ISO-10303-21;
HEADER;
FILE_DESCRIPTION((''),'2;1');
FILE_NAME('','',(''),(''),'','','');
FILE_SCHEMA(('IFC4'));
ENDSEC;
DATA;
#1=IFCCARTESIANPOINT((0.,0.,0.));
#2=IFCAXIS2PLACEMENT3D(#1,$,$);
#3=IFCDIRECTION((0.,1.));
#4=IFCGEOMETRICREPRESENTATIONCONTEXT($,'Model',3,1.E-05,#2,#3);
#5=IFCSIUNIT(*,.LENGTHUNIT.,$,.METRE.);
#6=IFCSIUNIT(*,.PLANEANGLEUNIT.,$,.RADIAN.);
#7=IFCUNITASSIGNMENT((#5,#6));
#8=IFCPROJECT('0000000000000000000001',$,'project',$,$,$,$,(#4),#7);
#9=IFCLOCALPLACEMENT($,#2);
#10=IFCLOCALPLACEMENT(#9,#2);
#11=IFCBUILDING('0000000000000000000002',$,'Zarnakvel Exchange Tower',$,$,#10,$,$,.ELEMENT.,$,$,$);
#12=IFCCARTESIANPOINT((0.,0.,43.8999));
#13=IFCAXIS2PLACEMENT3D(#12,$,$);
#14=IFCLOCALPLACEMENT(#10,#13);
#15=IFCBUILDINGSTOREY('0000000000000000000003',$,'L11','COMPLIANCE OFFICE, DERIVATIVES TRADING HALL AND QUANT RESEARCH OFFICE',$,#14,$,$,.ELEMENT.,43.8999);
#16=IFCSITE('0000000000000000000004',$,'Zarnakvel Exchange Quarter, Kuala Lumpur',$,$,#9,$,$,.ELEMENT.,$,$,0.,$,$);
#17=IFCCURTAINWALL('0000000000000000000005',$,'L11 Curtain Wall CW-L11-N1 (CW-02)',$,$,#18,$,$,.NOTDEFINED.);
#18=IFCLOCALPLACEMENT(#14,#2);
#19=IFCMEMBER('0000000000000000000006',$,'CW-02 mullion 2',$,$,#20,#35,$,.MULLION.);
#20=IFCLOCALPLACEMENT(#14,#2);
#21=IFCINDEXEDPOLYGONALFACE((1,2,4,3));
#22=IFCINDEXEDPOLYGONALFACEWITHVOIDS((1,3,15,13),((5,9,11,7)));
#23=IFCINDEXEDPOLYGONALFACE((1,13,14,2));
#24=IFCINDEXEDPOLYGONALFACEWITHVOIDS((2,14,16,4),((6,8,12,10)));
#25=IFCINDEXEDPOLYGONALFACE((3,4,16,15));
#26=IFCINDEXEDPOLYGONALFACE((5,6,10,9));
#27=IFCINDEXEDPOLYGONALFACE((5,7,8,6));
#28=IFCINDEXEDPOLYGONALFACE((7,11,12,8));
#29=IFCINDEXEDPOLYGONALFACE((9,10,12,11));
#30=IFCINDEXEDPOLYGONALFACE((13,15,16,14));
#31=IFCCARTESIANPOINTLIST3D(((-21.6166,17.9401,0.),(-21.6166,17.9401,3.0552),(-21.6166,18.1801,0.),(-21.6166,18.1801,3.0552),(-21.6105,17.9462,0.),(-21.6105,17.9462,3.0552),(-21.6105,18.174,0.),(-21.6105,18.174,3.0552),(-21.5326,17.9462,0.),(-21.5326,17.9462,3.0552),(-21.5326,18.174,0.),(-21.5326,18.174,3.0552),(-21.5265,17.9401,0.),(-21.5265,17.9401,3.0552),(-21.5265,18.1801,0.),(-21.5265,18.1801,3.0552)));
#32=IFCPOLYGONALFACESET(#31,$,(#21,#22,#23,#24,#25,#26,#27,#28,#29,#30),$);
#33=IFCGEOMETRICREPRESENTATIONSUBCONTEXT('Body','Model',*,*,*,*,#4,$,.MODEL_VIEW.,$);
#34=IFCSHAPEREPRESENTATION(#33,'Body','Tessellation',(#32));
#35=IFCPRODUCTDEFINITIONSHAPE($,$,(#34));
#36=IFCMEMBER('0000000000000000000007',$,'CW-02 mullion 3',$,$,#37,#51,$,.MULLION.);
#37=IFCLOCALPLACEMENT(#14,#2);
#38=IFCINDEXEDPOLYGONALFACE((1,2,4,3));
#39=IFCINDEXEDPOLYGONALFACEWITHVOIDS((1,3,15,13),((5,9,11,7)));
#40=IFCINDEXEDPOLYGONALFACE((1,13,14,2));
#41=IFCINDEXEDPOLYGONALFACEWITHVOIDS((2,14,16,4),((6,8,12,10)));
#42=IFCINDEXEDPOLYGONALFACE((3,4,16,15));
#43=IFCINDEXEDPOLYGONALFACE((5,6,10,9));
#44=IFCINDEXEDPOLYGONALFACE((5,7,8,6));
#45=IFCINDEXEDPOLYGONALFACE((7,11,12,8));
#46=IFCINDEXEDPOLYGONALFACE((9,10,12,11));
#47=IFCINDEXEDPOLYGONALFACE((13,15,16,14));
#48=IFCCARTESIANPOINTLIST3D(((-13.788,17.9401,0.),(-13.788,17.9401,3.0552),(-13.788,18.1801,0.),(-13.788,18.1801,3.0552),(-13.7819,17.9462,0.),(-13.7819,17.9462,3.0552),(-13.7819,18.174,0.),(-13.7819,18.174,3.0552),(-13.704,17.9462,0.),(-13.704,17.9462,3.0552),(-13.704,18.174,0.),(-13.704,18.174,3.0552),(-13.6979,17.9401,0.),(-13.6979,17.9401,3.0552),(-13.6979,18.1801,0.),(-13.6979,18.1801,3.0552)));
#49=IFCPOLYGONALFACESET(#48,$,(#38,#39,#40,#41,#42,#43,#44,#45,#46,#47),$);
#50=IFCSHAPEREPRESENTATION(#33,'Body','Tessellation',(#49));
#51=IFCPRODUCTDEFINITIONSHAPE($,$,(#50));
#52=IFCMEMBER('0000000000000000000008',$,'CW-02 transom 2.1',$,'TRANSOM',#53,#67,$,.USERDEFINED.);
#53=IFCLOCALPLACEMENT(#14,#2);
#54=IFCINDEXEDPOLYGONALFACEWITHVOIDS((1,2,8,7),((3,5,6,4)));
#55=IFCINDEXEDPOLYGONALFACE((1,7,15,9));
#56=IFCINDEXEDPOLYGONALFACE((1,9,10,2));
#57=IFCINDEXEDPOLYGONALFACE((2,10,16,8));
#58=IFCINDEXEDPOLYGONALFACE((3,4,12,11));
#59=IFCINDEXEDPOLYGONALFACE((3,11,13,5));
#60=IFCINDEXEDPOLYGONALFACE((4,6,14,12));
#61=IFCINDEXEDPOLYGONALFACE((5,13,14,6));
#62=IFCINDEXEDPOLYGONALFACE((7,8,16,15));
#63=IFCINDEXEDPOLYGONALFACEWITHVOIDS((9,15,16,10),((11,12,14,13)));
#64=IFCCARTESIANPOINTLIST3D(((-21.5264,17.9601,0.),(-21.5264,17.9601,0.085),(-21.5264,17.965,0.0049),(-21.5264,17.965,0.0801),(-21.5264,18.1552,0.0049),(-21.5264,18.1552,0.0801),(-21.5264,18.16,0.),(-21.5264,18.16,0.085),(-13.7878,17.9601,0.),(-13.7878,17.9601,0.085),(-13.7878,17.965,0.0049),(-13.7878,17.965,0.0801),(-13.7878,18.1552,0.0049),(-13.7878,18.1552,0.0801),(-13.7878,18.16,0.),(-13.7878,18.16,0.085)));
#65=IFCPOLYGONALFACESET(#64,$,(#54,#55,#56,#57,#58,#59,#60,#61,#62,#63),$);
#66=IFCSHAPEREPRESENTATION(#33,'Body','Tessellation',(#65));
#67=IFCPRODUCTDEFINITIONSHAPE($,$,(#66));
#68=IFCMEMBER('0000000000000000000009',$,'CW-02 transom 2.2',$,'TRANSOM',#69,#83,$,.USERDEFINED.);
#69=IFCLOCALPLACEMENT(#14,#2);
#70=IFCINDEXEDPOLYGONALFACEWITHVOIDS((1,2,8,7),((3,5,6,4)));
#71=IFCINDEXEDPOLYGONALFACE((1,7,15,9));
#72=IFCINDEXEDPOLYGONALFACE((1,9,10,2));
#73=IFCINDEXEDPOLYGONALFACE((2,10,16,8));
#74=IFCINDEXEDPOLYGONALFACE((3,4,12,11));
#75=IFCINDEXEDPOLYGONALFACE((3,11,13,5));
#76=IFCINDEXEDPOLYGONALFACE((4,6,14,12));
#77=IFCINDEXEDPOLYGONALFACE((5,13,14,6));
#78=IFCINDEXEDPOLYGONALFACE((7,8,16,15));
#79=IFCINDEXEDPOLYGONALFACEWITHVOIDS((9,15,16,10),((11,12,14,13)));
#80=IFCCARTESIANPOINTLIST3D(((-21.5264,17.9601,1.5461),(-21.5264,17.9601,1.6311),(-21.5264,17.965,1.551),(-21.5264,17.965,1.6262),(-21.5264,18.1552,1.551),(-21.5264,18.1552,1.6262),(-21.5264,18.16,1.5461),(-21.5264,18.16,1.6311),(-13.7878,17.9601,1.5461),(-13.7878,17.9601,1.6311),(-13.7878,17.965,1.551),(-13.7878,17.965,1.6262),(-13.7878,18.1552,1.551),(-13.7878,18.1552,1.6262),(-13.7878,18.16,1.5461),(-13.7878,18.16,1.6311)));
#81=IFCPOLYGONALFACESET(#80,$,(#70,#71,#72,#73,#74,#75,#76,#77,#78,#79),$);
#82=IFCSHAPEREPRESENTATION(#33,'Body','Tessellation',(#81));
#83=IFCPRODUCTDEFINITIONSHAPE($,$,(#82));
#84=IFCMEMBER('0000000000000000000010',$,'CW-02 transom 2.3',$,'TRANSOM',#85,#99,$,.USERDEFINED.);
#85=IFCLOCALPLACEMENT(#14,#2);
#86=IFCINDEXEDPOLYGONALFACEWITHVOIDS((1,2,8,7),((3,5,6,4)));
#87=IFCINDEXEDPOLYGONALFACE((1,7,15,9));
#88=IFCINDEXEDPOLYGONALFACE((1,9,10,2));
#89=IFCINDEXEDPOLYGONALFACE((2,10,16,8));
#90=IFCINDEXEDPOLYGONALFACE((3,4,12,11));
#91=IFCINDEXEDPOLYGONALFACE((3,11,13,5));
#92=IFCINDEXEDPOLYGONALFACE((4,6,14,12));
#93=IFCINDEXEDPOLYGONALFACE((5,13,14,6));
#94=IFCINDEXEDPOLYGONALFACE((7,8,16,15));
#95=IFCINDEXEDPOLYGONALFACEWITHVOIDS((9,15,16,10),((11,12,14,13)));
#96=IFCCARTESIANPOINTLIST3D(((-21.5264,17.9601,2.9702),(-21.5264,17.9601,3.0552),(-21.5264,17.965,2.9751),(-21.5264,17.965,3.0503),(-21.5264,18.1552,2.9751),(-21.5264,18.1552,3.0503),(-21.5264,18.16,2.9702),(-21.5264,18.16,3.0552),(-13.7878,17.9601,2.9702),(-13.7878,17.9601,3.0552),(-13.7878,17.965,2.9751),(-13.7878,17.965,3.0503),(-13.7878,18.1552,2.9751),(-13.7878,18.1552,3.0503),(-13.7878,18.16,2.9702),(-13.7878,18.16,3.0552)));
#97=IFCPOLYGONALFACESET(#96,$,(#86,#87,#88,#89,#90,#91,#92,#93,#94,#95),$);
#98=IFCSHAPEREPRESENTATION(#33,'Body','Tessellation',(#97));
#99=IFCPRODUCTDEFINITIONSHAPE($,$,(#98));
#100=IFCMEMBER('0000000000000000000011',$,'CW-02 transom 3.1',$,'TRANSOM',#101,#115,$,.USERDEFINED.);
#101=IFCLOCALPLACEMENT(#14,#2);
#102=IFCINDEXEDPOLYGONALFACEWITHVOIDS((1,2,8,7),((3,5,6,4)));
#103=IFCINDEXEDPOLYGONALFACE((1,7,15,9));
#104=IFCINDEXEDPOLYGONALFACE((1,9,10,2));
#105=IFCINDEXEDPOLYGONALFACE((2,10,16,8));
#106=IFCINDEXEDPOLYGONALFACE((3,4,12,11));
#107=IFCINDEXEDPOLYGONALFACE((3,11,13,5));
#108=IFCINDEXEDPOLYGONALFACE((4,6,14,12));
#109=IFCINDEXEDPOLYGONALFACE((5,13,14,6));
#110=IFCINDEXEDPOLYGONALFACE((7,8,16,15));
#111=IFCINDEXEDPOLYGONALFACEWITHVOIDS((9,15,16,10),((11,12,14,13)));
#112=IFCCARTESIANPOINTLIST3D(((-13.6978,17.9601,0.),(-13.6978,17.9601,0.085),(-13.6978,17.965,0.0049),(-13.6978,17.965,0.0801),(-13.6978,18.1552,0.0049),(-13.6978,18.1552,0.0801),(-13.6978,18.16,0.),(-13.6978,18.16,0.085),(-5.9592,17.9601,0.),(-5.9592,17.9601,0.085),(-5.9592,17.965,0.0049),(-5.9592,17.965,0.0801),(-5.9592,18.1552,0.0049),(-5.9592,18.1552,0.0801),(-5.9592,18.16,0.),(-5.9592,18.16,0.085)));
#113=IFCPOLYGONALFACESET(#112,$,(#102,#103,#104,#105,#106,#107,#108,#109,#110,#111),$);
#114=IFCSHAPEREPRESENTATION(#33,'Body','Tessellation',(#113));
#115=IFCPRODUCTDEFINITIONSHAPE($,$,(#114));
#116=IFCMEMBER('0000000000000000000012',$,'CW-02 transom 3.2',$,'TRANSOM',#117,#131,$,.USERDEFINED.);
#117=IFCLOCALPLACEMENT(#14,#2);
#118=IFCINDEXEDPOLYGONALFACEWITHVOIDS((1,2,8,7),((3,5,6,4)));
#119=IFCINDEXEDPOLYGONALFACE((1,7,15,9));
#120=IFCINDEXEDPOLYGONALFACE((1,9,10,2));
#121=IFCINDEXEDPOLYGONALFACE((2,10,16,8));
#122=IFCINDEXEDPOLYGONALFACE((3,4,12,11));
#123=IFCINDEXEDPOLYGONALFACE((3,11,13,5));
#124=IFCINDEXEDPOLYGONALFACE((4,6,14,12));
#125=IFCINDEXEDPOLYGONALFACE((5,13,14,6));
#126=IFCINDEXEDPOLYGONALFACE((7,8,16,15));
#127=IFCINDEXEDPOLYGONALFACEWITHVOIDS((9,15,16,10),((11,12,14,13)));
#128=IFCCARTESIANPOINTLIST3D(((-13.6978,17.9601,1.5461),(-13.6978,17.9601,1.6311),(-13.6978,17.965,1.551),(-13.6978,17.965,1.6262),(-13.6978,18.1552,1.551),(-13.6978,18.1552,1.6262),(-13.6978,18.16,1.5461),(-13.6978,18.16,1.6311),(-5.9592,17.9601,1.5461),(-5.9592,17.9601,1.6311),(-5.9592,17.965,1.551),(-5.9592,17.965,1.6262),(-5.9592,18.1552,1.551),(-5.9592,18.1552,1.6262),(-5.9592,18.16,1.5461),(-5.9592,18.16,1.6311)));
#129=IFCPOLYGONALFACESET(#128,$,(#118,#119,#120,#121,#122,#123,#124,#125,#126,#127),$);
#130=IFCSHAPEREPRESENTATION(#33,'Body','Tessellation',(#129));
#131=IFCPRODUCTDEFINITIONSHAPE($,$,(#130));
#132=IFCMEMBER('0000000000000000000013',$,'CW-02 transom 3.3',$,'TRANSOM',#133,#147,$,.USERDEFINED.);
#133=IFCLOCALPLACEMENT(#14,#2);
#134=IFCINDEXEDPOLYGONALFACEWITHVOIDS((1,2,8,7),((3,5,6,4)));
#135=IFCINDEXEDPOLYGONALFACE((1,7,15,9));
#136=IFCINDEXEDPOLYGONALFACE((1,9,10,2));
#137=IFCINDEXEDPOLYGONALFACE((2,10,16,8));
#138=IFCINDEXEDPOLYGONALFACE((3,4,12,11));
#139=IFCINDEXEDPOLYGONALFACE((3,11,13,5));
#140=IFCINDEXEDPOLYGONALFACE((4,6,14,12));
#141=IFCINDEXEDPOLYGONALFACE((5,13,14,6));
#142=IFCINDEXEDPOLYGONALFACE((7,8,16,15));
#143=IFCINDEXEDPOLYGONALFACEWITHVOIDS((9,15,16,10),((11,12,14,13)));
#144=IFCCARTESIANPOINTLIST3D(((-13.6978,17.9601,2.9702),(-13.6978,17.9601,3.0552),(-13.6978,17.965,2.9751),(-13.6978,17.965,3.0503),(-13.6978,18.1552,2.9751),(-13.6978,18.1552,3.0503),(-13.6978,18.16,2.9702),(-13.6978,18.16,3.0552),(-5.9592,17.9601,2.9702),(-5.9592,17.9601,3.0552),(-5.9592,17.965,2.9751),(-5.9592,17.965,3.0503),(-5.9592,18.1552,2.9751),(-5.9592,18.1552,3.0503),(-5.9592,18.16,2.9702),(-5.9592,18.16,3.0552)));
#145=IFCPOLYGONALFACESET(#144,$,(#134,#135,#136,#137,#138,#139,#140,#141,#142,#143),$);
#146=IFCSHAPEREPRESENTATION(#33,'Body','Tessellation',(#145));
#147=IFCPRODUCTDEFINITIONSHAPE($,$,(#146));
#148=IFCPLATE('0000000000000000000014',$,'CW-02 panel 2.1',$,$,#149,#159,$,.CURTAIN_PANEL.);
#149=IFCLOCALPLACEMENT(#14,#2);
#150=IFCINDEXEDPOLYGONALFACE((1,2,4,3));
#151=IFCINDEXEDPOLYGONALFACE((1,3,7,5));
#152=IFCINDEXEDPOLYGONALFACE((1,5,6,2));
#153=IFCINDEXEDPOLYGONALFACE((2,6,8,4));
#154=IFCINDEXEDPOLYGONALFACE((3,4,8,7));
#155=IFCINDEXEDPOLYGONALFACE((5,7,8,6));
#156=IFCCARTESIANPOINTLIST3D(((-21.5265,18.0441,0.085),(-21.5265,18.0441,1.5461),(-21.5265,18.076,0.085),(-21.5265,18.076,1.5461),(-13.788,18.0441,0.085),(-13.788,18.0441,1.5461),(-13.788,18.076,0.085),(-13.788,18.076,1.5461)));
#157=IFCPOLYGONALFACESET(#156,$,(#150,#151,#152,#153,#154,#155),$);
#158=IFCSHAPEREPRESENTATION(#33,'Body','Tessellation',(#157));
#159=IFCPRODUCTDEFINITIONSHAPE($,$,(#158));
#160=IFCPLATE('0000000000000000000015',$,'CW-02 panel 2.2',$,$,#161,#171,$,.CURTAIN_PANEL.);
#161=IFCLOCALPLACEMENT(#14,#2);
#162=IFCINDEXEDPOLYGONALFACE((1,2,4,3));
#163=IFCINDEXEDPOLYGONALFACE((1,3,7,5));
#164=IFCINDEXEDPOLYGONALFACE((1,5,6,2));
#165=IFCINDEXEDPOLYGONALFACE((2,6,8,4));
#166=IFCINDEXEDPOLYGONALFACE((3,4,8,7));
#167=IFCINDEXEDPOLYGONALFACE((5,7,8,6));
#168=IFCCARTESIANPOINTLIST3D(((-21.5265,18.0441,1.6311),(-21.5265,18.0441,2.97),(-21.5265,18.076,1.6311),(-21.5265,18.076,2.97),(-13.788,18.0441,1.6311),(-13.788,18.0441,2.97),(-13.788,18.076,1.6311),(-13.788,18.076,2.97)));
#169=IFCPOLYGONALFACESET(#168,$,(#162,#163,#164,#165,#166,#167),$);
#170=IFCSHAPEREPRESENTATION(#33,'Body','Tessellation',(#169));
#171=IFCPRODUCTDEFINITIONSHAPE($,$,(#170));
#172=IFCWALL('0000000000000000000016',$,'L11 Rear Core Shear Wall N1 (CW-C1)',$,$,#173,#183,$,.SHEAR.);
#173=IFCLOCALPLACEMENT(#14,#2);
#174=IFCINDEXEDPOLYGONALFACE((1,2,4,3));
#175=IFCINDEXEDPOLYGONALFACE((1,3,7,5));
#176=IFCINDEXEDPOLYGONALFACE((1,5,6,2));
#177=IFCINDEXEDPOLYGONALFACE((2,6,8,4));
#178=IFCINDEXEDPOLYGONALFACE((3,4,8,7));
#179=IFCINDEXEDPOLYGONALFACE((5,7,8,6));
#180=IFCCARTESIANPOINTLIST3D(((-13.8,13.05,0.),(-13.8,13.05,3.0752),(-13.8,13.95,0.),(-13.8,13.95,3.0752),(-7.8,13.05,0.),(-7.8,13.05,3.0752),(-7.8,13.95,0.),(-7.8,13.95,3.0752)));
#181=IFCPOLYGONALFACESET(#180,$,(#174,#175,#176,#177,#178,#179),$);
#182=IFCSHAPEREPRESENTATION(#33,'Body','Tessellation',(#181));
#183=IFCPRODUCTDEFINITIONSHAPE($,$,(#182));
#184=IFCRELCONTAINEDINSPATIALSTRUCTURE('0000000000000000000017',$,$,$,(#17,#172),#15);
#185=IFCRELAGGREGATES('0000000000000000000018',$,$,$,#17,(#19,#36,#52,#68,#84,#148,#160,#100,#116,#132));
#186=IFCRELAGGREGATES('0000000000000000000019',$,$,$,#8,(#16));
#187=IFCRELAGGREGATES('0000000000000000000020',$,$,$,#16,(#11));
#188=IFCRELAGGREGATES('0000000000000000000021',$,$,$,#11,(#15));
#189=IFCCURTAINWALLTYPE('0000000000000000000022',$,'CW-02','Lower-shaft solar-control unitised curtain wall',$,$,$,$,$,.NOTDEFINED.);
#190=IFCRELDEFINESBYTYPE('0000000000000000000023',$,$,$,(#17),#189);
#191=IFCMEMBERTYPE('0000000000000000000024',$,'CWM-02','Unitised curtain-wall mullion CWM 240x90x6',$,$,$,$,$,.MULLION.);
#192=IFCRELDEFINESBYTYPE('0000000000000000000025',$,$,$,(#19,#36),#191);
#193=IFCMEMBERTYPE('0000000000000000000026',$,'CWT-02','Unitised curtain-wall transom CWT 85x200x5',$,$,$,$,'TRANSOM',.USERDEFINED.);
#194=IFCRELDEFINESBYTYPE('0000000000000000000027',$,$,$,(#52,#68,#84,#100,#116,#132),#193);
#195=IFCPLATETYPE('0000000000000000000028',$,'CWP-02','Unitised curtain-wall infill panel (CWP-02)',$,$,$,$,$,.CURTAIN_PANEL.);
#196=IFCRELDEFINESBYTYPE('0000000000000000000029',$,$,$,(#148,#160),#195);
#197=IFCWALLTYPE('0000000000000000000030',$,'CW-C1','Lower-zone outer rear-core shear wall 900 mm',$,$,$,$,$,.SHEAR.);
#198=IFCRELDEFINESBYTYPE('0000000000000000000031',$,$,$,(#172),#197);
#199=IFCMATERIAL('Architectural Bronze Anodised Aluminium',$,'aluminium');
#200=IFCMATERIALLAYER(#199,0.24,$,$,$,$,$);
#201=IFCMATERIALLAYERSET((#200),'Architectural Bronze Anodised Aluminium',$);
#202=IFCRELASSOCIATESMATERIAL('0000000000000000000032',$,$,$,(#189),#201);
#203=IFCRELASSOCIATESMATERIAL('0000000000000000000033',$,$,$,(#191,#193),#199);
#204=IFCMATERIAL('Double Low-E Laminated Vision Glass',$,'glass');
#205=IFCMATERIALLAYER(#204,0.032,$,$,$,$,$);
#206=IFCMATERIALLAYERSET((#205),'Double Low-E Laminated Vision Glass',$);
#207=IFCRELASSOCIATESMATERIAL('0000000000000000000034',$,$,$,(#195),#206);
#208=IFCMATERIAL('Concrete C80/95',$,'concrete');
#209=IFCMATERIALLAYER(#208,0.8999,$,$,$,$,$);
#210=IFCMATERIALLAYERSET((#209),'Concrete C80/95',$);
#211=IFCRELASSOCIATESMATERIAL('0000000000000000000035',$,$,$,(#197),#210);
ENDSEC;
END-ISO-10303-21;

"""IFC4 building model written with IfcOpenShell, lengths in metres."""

from ifc_helpers import new_model, si_unit, direction, frame, frame_2d, origin, origin_2d, place, context, subcontext, project, spatial, rectangle, hollow_rectangle, extrude, source, transform, mapped, material, layer, layer_set, material_profile, profile_set, type_object, element, aggregate, save


model = new_model("IFC4")

# Units and contexts
model_context = context("Model", 3, precision=1e-05, world=origin(), true_north=direction((0.0, 1.0)))
body_context = subcontext(model_context, "Body", "Model", "MODEL_VIEW")
ifc_project = project(units=[si_unit("LENGTHUNIT", "METRE"), si_unit("PLANEANGLEUNIT", "RADIAN")], contexts=[model_context])

# Site, building, storey
site_placement = place(None, origin())
site = spatial("IfcSite", under=ifc_project, at=site_placement, Name="Zarnakvel Exchange Quarter, Kuala Lumpur", CompositionType="ELEMENT", RefElevation=0.0)
building_placement = place(site_placement, origin())
building = spatial("IfcBuilding", under=site, at=building_placement, Name="Zarnakvel Exchange Tower", CompositionType="ELEMENT")
storey_placement = place(building_placement, frame((0.0, 0.0, 43.8999)))
storey = spatial("IfcBuildingStorey", under=building, at=storey_placement, Name="L11", Description="COMPLIANCE OFFICE, DERIVATIVES TRADING HALL AND QUANT RESEARCH OFFICE", CompositionType="ELEMENT", Elevation=43.8999)

# Shared definitions
ifc_material_1 = material(Name="Concrete C80/95", Category="concrete")

# Curtain wall, members, plates
ifc_material_2 = material(Name="Architectural Bronze Anodised Aluminium", Category="aluminium")
ifc_layer_1 = layer(ifc_material_2, 0.24)
ifc_layer_set_1 = layer_set([ifc_layer_1], Name="Architectural Bronze Anodised Aluminium")
curtain_wall_type = type_object("IfcCurtainWallType", Name="CW-02", Description="Lower-shaft solar-control unitised curtain wall", PredefinedType="NOTDEFINED", material=ifc_layer_set_1)
curtain_wall_placement = place(storey_placement, origin())
curtain_wall = element("IfcCurtainWall", 1, at=curtain_wall_placement, inside=storey, type_object=curtain_wall_type, Name="L11 Curtain Wall CW-L11-N1 (CW-02)", PredefinedType="NOTDEFINED")
ifc_material_profile_1 = material_profile(ifc_material_2, hollow_rectangle(XDim=0.24, YDim=0.0901, WallThickness=0.0061, at=origin_2d()))
ifc_profile_set_1 = profile_set([ifc_material_profile_1], Name="Architectural Bronze Anodised Aluminium")
member_type_1 = type_object("IfcMemberType", Name="CWM-02", Description="Unitised curtain-wall mullion CWM 240x90x6", PredefinedType="MULLION", material=ifc_profile_set_1)
shared_shape_1 = source(origin(), body_context, "Body", "SweptSolid", [
    extrude(hollow_rectangle(XDim=0.24, YDim=0.0901, WallThickness=0.0061, at=origin_2d()), origin(), (0.0, 0.0, 1.0), 3.0552),
])
member_1_placement = place(storey_placement, frame((-21.5715, 18.0601, 0.0), z_axis=(0.0, 0.0, 1.0), x_axis=(0.0, 1.0, 0.0)))
member_1 = element("IfcMember", 2, at=member_1_placement, type_object=member_type_1, Name="CW-02 mullion 2", PredefinedType="MULLION", context=body_context, shape_type="MappedRepresentation", body=[
    mapped(shared_shape_1, transform((0.0, 0.0, 0.0), x_axis=(1.0, 0.0, 0.0), y_axis=(0.0, 1.0, 0.0), z_axis=(0.0, 0.0, 1.0), scale=1.0)),
])
member_2_placement = place(storey_placement, frame((-13.7429, 18.0601, 0.0), z_axis=(0.0, 0.0, 1.0), x_axis=(0.0, 1.0, 0.0)))
member_2 = element("IfcMember", 3, at=member_2_placement, type_object=member_type_1, Name="CW-02 mullion 3", PredefinedType="MULLION", context=body_context, shape_type="MappedRepresentation", body=[
    mapped(shared_shape_1, transform((0.0, 0.0, 0.0), x_axis=(1.0, 0.0, 0.0), y_axis=(0.0, 1.0, 0.0), z_axis=(0.0, 0.0, 1.0), scale=1.0)),
])
ifc_material_profile_2 = material_profile(ifc_material_2, hollow_rectangle(XDim=0.2, YDim=0.085, WallThickness=0.0049, at=origin_2d()))
ifc_profile_set_2 = profile_set([ifc_material_profile_2], Name="Architectural Bronze Anodised Aluminium")
member_type_2 = type_object("IfcMemberType", Name="CWT-02", Description="Unitised curtain-wall transom CWT 85x200x5", ElementType="TRANSOM", PredefinedType="USERDEFINED", material=ifc_profile_set_2)
shared_shape_2 = source(origin(), body_context, "Body", "SweptSolid", [
    extrude(hollow_rectangle(XDim=0.2, YDim=0.085, WallThickness=0.0049, at=origin_2d()), origin(), (0.0, 0.0, 1.0), 7.7385),
])
member_3_placement = place(storey_placement, frame((-21.5264, 18.0601, 0.0425), z_axis=(1.0, 0.0, 0.0), x_axis=(0.0, 1.0, 0.0)))
member_3 = element("IfcMember", 4, at=member_3_placement, type_object=member_type_2, Name="CW-02 transom 2.1", ObjectType="TRANSOM", PredefinedType="USERDEFINED", context=body_context, shape_type="MappedRepresentation", body=[
    mapped(shared_shape_2, transform((0.0, 0.0, 0.0), x_axis=(1.0, 0.0, 0.0), y_axis=(0.0, 1.0, 0.0), z_axis=(0.0, 0.0, 1.0), scale=1.0)),
])
member_4_placement = place(storey_placement, frame((-21.5264, 18.0601, 1.5886), z_axis=(1.0, 0.0, 0.0), x_axis=(0.0, 1.0, 0.0)))
member_4 = element("IfcMember", 5, at=member_4_placement, type_object=member_type_2, Name="CW-02 transom 2.2", ObjectType="TRANSOM", PredefinedType="USERDEFINED", context=body_context, shape_type="MappedRepresentation", body=[
    mapped(shared_shape_2, transform((0.0, 0.0, 0.0), x_axis=(1.0, 0.0, 0.0), y_axis=(0.0, 1.0, 0.0), z_axis=(0.0, 0.0, 1.0), scale=1.0)),
])
member_5_placement = place(storey_placement, frame((-21.5264, 18.0601, 3.0127), z_axis=(1.0, 0.0, 0.0), x_axis=(0.0, 1.0, 0.0)))
member_5 = element("IfcMember", 6, at=member_5_placement, type_object=member_type_2, Name="CW-02 transom 2.3", ObjectType="TRANSOM", PredefinedType="USERDEFINED", context=body_context, shape_type="MappedRepresentation", body=[
    mapped(shared_shape_2, transform((0.0, 0.0, 0.0), x_axis=(1.0, 0.0, 0.0), y_axis=(0.0, 1.0, 0.0), z_axis=(0.0, 0.0, 1.0), scale=1.0)),
])
member_6_placement = place(storey_placement, frame((-13.6978, 18.0601, 0.0425), z_axis=(1.0, 0.0, 0.0), x_axis=(0.0, 1.0, 0.0)))
member_6 = element("IfcMember", 7, at=member_6_placement, type_object=member_type_2, Name="CW-02 transom 3.1", ObjectType="TRANSOM", PredefinedType="USERDEFINED", context=body_context, shape_type="MappedRepresentation", body=[
    mapped(shared_shape_2, transform((0.0, 0.0, 0.0), x_axis=(1.0, 0.0, 0.0), y_axis=(0.0, 1.0, 0.0), z_axis=(0.0, 0.0, 1.0), scale=1.0)),
])
member_7_placement = place(storey_placement, frame((-13.6978, 18.0601, 1.5886), z_axis=(1.0, 0.0, 0.0), x_axis=(0.0, 1.0, 0.0)))
member_7 = element("IfcMember", 8, at=member_7_placement, type_object=member_type_2, Name="CW-02 transom 3.2", ObjectType="TRANSOM", PredefinedType="USERDEFINED", context=body_context, shape_type="MappedRepresentation", body=[
    mapped(shared_shape_2, transform((0.0, 0.0, 0.0), x_axis=(1.0, 0.0, 0.0), y_axis=(0.0, 1.0, 0.0), z_axis=(0.0, 0.0, 1.0), scale=1.0)),
])
member_8_placement = place(storey_placement, frame((-13.6978, 18.0601, 3.0127), z_axis=(1.0, 0.0, 0.0), x_axis=(0.0, 1.0, 0.0)))
member_8 = element("IfcMember", 9, at=member_8_placement, type_object=member_type_2, Name="CW-02 transom 3.3", ObjectType="TRANSOM", PredefinedType="USERDEFINED", context=body_context, shape_type="MappedRepresentation", body=[
    mapped(shared_shape_2, transform((0.0, 0.0, 0.0), x_axis=(1.0, 0.0, 0.0), y_axis=(0.0, 1.0, 0.0), z_axis=(0.0, 0.0, 1.0), scale=1.0)),
])
ifc_material_3 = material(Name="Double Low-E Laminated Vision Glass", Category="glass")
ifc_layer_2 = layer(ifc_material_3, 0.032)
ifc_layer_set_2 = layer_set([ifc_layer_2], Name="Double Low-E Laminated Vision Glass")
plate_type = type_object("IfcPlateType", Name="CWP-02", Description="Unitised curtain-wall infill panel (CWP-02)", PredefinedType="CURTAIN_PANEL", material=ifc_layer_set_2)
shared_shape_3 = source(origin(), body_context, "Body", "SweptSolid", [
    extrude(rectangle(XDim=7.7385, YDim=0.032, at=origin_2d()), origin(), (0.0, 0.0, 1.0), 1.4612),
])
plate_1_placement = place(storey_placement, frame((-17.6572, 18.0601, 0.085), z_axis=(0.0, 0.0, 1.0), x_axis=(1.0, 0.0, 0.0)))
plate_1 = element("IfcPlate", 10, at=plate_1_placement, type_object=plate_type, Name="CW-02 panel 2.1", PredefinedType="CURTAIN_PANEL", context=body_context, shape_type="MappedRepresentation", body=[
    mapped(shared_shape_3, transform((0.0, 0.0, 0.0), x_axis=(1.0, 0.0, 0.0), y_axis=(0.0, 1.0, 0.0), z_axis=(0.0, 0.0, 1.0), scale=1.0)),
])
shared_shape_4 = source(origin(), body_context, "Body", "SweptSolid", [
    extrude(rectangle(XDim=7.7385, YDim=0.032, at=origin_2d()), origin(), (0.0, 0.0, 1.0), 1.3389),
])
plate_2_placement = place(storey_placement, frame((-17.6572, 18.0601, 1.6311), z_axis=(0.0, 0.0, 1.0), x_axis=(1.0, 0.0, 0.0)))
plate_2 = element("IfcPlate", 11, at=plate_2_placement, type_object=plate_type, Name="CW-02 panel 2.2", PredefinedType="CURTAIN_PANEL", context=body_context, shape_type="MappedRepresentation", body=[
    mapped(shared_shape_4, transform((0.0, 0.0, 0.0), x_axis=(1.0, 0.0, 0.0), y_axis=(0.0, 1.0, 0.0), z_axis=(0.0, 0.0, 1.0), scale=1.0)),
])
aggregate(curtain_wall, [member_1, member_2, member_3, member_4, member_5, plate_1, plate_2, member_6, member_7, member_8])

# Wall
ifc_layer_3 = layer(ifc_material_1, 0.8999)
ifc_layer_set_3 = layer_set([ifc_layer_3], Name="Concrete C80/95")
wall_type_1 = type_object("IfcWallType", Name="CW-C1", Description="Lower-zone outer rear-core shear wall 900 mm", PredefinedType="SHEAR", material=ifc_layer_set_3)
wall_1_placement = place(storey_placement, frame((-13.8, 13.5, 0.0), z_axis=(0.0, 0.0, 1.0), x_axis=(1.0, 0.0, 0.0)))
element("IfcWall", 12, at=wall_1_placement, inside=storey, type_object=wall_type_1, Name="L11 Rear Core Shear Wall N1 (CW-C1)", PredefinedType="SHEAR", context=body_context, shape_type="SweptSolid", body=[
    extrude(rectangle(XDim=6.0, YDim=0.8999, at=frame_2d((3.0, 0.0))), origin(), (0.0, 0.0, 1.0), 3.0752),
])

save(model, "model.ifc")
